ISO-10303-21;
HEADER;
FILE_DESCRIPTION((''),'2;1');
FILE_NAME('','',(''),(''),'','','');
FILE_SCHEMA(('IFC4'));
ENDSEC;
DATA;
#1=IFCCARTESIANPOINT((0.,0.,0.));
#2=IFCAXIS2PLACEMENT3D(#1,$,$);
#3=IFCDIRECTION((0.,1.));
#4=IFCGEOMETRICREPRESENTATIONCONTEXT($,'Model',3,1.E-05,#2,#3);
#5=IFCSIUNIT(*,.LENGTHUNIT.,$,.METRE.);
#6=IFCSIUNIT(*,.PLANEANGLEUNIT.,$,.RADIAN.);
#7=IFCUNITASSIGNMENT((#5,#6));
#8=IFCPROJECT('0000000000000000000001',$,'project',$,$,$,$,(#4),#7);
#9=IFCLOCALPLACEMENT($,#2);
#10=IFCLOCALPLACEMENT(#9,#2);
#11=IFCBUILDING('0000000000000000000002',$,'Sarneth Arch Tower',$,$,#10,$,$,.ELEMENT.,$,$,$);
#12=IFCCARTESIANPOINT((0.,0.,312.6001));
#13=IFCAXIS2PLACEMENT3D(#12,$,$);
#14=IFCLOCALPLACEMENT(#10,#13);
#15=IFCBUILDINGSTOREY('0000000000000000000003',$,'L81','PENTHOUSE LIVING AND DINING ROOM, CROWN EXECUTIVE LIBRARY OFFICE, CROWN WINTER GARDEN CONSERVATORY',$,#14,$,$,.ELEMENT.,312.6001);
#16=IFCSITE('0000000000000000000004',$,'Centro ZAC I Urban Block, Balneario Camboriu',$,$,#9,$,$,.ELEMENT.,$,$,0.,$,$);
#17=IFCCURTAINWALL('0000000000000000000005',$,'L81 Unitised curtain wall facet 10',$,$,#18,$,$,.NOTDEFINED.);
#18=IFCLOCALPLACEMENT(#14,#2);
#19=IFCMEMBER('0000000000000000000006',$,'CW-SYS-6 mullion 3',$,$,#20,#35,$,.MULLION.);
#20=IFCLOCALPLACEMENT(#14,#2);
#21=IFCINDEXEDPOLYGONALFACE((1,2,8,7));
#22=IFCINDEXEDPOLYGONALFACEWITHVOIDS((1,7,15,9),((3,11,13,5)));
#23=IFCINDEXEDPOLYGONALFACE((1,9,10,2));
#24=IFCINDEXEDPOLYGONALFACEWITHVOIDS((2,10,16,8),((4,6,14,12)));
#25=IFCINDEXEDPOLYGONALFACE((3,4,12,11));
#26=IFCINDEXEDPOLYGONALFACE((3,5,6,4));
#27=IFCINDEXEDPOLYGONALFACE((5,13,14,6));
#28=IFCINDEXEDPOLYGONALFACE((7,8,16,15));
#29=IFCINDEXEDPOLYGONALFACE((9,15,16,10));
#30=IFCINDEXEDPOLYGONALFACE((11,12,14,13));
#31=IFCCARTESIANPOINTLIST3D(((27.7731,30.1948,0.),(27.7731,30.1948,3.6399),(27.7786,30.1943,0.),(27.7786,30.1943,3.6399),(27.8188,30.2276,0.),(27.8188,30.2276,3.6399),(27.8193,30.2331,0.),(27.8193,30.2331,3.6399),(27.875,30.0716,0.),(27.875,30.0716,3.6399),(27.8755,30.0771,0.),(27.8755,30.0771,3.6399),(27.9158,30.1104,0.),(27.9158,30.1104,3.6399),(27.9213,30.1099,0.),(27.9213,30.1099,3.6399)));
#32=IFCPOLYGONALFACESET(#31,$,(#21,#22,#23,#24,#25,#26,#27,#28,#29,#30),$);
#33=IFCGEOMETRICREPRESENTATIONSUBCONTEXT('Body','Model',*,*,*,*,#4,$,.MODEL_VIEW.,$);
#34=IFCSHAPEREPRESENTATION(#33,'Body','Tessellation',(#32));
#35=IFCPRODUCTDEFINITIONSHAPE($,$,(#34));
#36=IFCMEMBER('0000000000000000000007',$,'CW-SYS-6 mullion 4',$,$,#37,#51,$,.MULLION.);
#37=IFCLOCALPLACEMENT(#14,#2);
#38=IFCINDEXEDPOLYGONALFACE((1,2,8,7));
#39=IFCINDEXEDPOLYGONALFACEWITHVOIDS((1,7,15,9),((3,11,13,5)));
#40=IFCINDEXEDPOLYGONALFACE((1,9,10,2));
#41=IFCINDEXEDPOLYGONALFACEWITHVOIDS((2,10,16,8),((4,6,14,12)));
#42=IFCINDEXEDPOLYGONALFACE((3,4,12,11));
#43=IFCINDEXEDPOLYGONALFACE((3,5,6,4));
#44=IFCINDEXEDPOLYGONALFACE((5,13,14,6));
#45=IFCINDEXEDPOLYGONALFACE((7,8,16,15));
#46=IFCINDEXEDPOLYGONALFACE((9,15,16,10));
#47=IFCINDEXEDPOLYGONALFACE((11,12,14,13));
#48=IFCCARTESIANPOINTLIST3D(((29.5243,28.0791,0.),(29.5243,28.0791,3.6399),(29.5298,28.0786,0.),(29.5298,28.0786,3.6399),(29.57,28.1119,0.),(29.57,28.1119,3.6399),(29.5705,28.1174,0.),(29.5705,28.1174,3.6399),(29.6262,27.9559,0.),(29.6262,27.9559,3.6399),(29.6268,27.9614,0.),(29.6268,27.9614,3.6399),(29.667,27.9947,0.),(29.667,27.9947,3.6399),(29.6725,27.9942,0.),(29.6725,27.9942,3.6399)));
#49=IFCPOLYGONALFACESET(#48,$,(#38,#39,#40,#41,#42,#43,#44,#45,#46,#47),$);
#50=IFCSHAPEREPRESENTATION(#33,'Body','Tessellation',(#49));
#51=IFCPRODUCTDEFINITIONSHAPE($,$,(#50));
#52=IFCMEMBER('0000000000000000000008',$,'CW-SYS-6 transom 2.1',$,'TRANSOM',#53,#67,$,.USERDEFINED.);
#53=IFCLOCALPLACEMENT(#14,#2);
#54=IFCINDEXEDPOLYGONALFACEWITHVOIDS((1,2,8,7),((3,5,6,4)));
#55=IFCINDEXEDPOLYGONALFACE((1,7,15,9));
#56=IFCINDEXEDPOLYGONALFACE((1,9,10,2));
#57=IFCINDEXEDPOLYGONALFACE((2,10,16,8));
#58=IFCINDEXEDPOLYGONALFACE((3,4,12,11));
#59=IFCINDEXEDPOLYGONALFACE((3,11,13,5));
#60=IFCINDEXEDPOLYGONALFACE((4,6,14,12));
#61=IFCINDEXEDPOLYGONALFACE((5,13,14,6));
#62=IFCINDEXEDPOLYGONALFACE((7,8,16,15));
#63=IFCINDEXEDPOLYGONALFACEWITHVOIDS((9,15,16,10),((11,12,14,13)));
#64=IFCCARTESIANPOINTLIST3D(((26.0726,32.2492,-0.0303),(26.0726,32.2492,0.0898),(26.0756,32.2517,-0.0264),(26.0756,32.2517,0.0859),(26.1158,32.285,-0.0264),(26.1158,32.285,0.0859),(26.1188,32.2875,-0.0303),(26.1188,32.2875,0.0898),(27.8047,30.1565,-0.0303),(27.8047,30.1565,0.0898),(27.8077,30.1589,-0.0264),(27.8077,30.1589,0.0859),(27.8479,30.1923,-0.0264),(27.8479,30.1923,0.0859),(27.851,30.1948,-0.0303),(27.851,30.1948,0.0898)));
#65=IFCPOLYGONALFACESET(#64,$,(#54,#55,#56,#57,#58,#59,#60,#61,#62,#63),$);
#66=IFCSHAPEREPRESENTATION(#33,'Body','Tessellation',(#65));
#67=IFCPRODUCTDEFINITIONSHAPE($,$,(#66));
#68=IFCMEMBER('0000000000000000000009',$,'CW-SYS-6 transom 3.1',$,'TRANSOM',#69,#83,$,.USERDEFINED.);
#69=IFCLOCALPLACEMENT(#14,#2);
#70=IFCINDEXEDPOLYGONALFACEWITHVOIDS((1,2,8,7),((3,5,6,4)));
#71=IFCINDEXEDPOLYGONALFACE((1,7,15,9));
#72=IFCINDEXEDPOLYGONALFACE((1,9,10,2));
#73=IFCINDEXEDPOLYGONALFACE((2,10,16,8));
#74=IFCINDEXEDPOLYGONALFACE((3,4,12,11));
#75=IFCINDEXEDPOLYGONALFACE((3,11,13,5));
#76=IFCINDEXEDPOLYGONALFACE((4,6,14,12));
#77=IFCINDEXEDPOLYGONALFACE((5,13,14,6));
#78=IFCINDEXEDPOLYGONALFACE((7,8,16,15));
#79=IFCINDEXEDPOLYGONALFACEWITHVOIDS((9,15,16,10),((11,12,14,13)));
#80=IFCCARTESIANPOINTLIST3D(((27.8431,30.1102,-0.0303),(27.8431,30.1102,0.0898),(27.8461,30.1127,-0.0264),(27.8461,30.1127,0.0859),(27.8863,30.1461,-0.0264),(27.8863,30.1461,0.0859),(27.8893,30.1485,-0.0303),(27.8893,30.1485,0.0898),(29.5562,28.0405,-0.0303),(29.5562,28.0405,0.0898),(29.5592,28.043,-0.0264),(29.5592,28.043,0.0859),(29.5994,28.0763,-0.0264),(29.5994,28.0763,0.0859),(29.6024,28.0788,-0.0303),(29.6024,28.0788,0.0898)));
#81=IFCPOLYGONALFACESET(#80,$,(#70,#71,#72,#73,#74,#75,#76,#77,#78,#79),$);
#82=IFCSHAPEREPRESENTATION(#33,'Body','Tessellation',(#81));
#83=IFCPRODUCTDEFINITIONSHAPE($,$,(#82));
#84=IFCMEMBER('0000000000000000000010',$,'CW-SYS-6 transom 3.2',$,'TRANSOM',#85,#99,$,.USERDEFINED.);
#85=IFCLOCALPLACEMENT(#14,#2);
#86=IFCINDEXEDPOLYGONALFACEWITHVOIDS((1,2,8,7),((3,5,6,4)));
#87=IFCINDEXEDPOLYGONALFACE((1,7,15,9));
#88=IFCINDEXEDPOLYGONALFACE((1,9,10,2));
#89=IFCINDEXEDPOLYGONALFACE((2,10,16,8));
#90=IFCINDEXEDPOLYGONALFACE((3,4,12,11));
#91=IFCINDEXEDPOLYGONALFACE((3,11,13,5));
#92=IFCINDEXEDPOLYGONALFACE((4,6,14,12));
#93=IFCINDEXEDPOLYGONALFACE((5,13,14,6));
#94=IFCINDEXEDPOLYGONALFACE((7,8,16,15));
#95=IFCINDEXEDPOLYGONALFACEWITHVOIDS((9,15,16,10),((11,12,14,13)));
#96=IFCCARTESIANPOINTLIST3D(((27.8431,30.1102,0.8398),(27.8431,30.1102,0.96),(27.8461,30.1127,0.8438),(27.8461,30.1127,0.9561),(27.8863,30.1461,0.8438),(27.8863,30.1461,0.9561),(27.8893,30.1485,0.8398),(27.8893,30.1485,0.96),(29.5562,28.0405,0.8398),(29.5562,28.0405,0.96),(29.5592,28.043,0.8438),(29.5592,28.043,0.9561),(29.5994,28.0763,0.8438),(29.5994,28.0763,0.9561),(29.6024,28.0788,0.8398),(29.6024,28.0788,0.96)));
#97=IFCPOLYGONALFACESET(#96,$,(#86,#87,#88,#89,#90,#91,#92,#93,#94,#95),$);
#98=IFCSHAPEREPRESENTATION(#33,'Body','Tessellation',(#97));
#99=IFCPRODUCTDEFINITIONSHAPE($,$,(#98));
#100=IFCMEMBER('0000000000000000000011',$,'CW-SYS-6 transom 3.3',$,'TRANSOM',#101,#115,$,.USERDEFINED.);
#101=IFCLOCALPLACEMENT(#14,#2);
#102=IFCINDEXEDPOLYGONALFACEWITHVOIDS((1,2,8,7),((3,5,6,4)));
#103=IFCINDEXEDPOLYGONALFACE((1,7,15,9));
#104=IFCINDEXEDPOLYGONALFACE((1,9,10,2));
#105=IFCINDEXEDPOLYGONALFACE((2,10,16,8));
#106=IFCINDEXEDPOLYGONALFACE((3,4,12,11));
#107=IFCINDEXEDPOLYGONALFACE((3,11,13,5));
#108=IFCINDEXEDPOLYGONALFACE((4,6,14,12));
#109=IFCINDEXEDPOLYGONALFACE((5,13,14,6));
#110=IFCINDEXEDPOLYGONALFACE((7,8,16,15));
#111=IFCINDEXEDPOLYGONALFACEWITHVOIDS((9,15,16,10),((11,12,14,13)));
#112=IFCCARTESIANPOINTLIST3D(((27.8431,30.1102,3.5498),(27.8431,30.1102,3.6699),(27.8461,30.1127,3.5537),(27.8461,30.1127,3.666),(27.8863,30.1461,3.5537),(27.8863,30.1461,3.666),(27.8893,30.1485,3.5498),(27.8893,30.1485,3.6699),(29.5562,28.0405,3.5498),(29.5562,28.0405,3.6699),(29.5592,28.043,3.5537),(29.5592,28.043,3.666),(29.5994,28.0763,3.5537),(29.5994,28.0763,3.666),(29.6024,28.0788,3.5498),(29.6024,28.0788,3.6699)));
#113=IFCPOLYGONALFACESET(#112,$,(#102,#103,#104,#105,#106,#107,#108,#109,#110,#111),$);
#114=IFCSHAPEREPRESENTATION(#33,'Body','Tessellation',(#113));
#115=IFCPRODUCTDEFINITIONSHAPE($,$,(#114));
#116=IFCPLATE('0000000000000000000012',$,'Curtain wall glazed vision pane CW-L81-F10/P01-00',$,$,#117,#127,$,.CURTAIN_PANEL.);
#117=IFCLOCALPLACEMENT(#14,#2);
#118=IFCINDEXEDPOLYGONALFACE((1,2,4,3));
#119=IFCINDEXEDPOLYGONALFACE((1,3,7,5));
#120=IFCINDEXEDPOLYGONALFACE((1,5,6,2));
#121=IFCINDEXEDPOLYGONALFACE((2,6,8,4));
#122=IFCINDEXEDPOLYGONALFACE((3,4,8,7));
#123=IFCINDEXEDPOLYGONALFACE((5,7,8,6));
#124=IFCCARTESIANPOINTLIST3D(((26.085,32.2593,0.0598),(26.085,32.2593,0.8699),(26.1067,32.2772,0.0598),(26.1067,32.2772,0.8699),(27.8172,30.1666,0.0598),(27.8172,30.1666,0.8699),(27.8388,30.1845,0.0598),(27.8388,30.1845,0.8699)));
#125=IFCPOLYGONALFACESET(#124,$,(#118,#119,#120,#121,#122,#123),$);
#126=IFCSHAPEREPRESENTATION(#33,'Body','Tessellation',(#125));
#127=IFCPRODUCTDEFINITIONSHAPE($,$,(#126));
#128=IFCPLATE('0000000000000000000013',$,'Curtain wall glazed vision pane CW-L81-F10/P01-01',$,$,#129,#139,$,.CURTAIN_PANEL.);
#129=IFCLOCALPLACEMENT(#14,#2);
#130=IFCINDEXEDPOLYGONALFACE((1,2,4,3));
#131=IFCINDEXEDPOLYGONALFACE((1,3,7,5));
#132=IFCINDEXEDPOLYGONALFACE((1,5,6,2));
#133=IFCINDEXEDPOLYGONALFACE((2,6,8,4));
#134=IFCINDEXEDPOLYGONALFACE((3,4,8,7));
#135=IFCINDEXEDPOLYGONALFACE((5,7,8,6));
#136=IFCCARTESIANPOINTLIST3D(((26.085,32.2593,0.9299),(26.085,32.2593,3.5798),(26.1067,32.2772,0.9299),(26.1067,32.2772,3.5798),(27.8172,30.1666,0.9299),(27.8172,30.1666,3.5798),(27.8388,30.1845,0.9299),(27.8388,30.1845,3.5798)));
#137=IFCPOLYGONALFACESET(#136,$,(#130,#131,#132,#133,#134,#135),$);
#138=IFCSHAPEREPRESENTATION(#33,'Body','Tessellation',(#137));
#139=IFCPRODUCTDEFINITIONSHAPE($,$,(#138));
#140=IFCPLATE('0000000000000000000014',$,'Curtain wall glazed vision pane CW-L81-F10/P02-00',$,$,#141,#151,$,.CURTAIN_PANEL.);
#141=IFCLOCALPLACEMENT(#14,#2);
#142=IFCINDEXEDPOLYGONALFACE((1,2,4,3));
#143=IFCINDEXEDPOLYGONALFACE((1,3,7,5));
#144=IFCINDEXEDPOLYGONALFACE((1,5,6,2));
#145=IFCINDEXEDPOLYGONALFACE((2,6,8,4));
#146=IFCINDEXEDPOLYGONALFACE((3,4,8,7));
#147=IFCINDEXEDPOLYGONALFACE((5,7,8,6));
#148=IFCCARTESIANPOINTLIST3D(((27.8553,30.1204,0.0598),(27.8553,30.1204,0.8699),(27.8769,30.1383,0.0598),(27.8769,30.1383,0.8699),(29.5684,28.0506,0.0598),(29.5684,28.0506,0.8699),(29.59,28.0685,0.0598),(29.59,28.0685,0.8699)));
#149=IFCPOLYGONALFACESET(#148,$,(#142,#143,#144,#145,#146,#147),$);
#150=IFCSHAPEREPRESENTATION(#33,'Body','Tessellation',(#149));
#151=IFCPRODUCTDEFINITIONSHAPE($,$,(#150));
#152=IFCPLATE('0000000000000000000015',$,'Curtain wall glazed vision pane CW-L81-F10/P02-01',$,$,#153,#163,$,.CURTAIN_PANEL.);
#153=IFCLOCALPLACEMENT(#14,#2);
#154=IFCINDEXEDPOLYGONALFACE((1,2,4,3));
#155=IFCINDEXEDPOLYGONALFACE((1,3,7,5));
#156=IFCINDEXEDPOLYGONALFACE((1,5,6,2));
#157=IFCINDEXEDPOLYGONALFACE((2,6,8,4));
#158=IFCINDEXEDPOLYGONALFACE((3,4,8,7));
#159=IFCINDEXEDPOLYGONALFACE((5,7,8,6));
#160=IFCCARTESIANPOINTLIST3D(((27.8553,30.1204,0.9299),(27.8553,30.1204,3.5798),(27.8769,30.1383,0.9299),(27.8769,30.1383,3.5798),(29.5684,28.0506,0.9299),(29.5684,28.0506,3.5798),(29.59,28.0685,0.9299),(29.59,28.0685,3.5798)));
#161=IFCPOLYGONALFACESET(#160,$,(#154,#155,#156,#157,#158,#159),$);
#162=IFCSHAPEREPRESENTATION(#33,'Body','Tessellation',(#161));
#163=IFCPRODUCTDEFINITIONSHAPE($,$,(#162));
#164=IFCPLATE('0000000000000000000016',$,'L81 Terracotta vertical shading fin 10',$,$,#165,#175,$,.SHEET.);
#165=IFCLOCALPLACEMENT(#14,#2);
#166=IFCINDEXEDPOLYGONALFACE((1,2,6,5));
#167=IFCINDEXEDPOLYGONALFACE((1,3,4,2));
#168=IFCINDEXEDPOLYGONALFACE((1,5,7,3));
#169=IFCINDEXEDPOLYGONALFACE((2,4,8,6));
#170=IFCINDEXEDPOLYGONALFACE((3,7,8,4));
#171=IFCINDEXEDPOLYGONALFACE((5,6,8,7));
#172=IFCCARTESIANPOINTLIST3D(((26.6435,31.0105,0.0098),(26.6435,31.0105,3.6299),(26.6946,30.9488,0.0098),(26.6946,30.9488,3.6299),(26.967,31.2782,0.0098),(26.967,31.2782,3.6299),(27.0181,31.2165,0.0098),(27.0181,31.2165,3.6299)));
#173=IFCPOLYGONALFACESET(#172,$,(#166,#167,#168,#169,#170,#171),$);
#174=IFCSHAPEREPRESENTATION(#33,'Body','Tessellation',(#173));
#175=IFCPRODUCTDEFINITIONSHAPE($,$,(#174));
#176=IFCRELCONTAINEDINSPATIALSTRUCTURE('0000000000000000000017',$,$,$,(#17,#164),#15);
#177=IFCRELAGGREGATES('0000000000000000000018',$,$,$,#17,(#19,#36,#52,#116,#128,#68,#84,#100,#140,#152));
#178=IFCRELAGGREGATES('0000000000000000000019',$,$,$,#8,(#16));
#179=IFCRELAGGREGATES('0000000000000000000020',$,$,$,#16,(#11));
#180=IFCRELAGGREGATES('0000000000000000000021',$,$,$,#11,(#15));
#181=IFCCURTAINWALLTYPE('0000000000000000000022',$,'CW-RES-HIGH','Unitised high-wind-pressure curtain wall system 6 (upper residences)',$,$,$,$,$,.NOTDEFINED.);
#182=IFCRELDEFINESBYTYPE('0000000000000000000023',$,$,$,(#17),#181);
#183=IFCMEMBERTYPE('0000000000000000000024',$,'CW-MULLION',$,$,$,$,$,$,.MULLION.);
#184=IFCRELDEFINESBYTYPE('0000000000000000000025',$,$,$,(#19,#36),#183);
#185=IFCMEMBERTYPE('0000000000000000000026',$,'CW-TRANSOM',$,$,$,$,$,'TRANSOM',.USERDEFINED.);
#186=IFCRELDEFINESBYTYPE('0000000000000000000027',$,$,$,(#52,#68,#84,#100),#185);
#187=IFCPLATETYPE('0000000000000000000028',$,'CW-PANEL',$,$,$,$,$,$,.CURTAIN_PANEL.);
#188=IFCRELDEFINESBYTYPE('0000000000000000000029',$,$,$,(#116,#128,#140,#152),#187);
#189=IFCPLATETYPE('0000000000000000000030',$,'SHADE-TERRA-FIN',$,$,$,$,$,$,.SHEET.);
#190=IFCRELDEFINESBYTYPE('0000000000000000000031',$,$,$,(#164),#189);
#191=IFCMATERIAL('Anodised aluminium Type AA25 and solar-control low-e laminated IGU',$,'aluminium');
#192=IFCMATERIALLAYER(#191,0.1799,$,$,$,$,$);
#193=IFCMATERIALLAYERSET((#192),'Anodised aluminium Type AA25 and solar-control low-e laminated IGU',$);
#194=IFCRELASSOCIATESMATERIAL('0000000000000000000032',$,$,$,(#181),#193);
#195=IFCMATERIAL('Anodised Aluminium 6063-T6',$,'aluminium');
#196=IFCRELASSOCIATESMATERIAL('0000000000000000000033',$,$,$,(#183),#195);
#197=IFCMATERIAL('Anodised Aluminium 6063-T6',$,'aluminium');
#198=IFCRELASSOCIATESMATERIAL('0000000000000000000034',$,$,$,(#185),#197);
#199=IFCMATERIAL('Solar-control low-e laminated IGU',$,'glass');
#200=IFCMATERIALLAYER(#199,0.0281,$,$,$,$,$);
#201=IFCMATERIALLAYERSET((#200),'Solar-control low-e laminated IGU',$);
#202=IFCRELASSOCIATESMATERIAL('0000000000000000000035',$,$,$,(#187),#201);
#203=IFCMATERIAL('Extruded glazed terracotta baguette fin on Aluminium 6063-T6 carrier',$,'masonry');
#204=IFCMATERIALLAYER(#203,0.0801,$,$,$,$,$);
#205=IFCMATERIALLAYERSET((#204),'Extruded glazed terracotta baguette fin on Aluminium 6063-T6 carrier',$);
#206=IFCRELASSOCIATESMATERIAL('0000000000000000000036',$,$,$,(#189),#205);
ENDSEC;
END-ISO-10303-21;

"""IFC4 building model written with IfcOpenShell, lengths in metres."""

from ifc_helpers import new_model, si_unit, direction, frame, origin, origin_2d, place, context, subcontext, project, spatial, rectangle, hollow_rectangle, extrude, material, layer, layer_set, material_profile, profile_set, type_object, element, aggregate, save


model = new_model("IFC4")

# Units and contexts
model_context = context("Model", 3, precision=1e-05, world=origin(), true_north=direction((0.0, 1.0)))
body_context = subcontext(model_context, "Body", "Model", "MODEL_VIEW")
ifc_project = project(units=[si_unit("LENGTHUNIT", "METRE"), si_unit("PLANEANGLEUNIT", "RADIAN")], contexts=[model_context])

# Site, building, storey
site_placement = place(None, origin())
site = spatial("IfcSite", under=ifc_project, at=site_placement, Name="Centro ZAC I Urban Block, Balneario Camboriu", CompositionType="ELEMENT", RefElevation=0.0)
building_placement = place(site_placement, origin())
building = spatial("IfcBuilding", under=site, at=building_placement, Name="Sarneth Arch Tower", CompositionType="ELEMENT")
storey_placement = place(building_placement, frame((0.0, 0.0, 312.6001)))
storey = spatial("IfcBuildingStorey", under=building, at=storey_placement, Name="L81", Description="PENTHOUSE LIVING AND DINING ROOM, CROWN EXECUTIVE LIBRARY OFFICE, CROWN WINTER GARDEN CONSERVATORY", CompositionType="ELEMENT", Elevation=312.6001)

# Curtain wall, members, plates
ifc_material_1 = material(Name="Anodised aluminium Type AA25 and solar-control low-e laminated IGU", Category="aluminium")
ifc_layer_1 = layer(ifc_material_1, 0.1799)
ifc_layer_set_1 = layer_set([ifc_layer_1], Name="Anodised aluminium Type AA25 and solar-control low-e laminated IGU")
curtain_wall_type = type_object("IfcCurtainWallType", Name="CW-RES-HIGH", Description="Unitised high-wind-pressure curtain wall system 6 (upper residences)", PredefinedType="NOTDEFINED", material=ifc_layer_set_1)
curtain_wall_placement = place(storey_placement, origin())
curtain_wall = element("IfcCurtainWall", 1, at=curtain_wall_placement, inside=storey, type_object=curtain_wall_type, Name="L81 Unitised curtain wall facet 10", PredefinedType="NOTDEFINED")
ifc_material_2 = material(Name="Anodised Aluminium 6063-T6", Category="aluminium")
ifc_material_profile_1 = material_profile(ifc_material_2, hollow_rectangle(XDim=0.0601, YDim=0.1599, WallThickness=0.0039, at=origin_2d()), Name="AL-MULL-160x60x4")
ifc_profile_set_1 = profile_set([ifc_material_profile_1], Name="Anodised Aluminium 6063-T6")
member_type_1 = type_object("IfcMemberType", Name="CW-MULLION", PredefinedType="MULLION", material=ifc_profile_set_1)
member_1_placement = place(storey_placement, frame((27.8472, 30.1523, 0.0), z_axis=(0.0, 0.0, 1.0), x_axis=(0.770359, 0.63761, 0.0)))
member_1 = element("IfcMember", 2, at=member_1_placement, type_object=member_type_1, Name="CW-SYS-6 mullion 3", PredefinedType="MULLION", context=body_context, shape_type="SweptSolid", body=[
    extrude(hollow_rectangle(XDim=0.0601, YDim=0.1599, WallThickness=0.0039, at=origin_2d()), origin(), (0.0, 0.0, 1.0), 3.6399),
])
member_2_placement = place(storey_placement, frame((29.5984, 28.0366, 0.0), z_axis=(0.0, 0.0, 1.0), x_axis=(0.770359, 0.63761, 0.0)))
member_2 = element("IfcMember", 3, at=member_2_placement, type_object=member_type_1, Name="CW-SYS-6 mullion 4", PredefinedType="MULLION", context=body_context, shape_type="SweptSolid", body=[
    extrude(hollow_rectangle(XDim=0.0601, YDim=0.1599, WallThickness=0.0039, at=origin_2d()), origin(), (0.0, 0.0, 1.0), 3.6399),
])
ifc_material_3 = material(Name="Anodised Aluminium 6063-T6", Category="aluminium")
ifc_material_profile_2 = material_profile(ifc_material_3, hollow_rectangle(XDim=0.0601, YDim=0.1201, WallThickness=0.0039, at=origin_2d()), Name="AL-TRAN-120x60x4")
ifc_profile_set_2 = profile_set([ifc_material_profile_2], Name="Anodised Aluminium 6063-T6")
member_type_2 = type_object("IfcMemberType", Name="CW-TRANSOM", ElementType="TRANSOM", PredefinedType="USERDEFINED", material=ifc_profile_set_2)
member_3_placement = place(storey_placement, frame((26.0957, 32.2683, 0.0298), z_axis=(0.637617, -0.770353, 0.0), x_axis=(0.770353, 0.637617, 0.0)))
member_3 = element("IfcMember", 4, at=member_3_placement, type_object=member_type_2, Name="CW-SYS-6 transom 2.1", ObjectType="TRANSOM", PredefinedType="USERDEFINED", context=body_context, shape_type="SweptSolid", body=[
    extrude(hollow_rectangle(XDim=0.0601, YDim=0.1201, WallThickness=0.0039, at=origin_2d()), origin(), (0.0, 0.0, 1.0), 2.7166),
])
member_4_placement = place(storey_placement, frame((27.8662, 30.1294, 0.0298), z_axis=(0.637607, -0.770362, 0.0), x_axis=(0.770362, 0.637607, 0.0)))
member_4 = element("IfcMember", 5, at=member_4_placement, type_object=member_type_2, Name="CW-SYS-6 transom 3.1", ObjectType="TRANSOM", PredefinedType="USERDEFINED", context=body_context, shape_type="SweptSolid", body=[
    extrude(hollow_rectangle(XDim=0.0601, YDim=0.1201, WallThickness=0.0039, at=origin_2d()), origin(), (0.0, 0.0, 1.0), 2.6868),
])
member_5_placement = place(storey_placement, frame((27.8662, 30.1294, 0.8999), z_axis=(0.637607, -0.770362, 0.0), x_axis=(0.770362, 0.637607, 0.0)))
member_5 = element("IfcMember", 6, at=member_5_placement, type_object=member_type_2, Name="CW-SYS-6 transom 3.2", ObjectType="TRANSOM", PredefinedType="USERDEFINED", context=body_context, shape_type="SweptSolid", body=[
    extrude(hollow_rectangle(XDim=0.0601, YDim=0.1201, WallThickness=0.0039, at=origin_2d()), origin(), (0.0, 0.0, 1.0), 2.6868),
])
member_6_placement = place(storey_placement, frame((27.8662, 30.1294, 3.6099), z_axis=(0.637607, -0.770362, 0.0), x_axis=(0.770362, 0.637607, 0.0)))
member_6 = element("IfcMember", 7, at=member_6_placement, type_object=member_type_2, Name="CW-SYS-6 transom 3.3", ObjectType="TRANSOM", PredefinedType="USERDEFINED", context=body_context, shape_type="SweptSolid", body=[
    extrude(hollow_rectangle(XDim=0.0601, YDim=0.1201, WallThickness=0.0039, at=origin_2d()), origin(), (0.0, 0.0, 1.0), 2.6868),
])
ifc_material_4 = material(Name="Solar-control low-e laminated IGU", Category="glass")
ifc_layer_2 = layer(ifc_material_4, 0.0281)
ifc_layer_set_2 = layer_set([ifc_layer_2], Name="Solar-control low-e laminated IGU")
plate_type_1 = type_object("IfcPlateType", Name="CW-PANEL", PredefinedType="CURTAIN_PANEL", material=ifc_layer_set_2)
plate_1_placement = place(storey_placement, frame((26.9619, 31.2219, 0.0598), z_axis=(0.0, 0.0, 1.0), x_axis=(0.63761, -0.770359, 0.0)))
plate_1 = element("IfcPlate", 8, at=plate_1_placement, type_object=plate_type_1, Name="Curtain wall glazed vision pane CW-L81-F10/P01-00", PredefinedType="CURTAIN_PANEL", context=body_context, shape_type="SweptSolid", body=[
    extrude(rectangle(XDim=2.7166, YDim=0.0281, at=origin_2d()), origin(), (0.0, 0.0, 1.0), 0.8101),
])
plate_2_placement = place(storey_placement, frame((26.9619, 31.2219, 0.9299), z_axis=(0.0, 0.0, 1.0), x_axis=(0.63761, -0.770359, 0.0)))
plate_2 = element("IfcPlate", 9, at=plate_2_placement, type_object=plate_type_1, Name="Curtain wall glazed vision pane CW-L81-F10/P01-01", PredefinedType="CURTAIN_PANEL", context=body_context, shape_type="SweptSolid", body=[
    extrude(rectangle(XDim=2.7166, YDim=0.0281, at=origin_2d()), origin(), (0.0, 0.0, 1.0), 2.6499),
])
plate_3_placement = place(storey_placement, frame((28.7227, 29.0945, 0.0598), z_axis=(0.0, 0.0, 1.0), x_axis=(0.63761, -0.770359, 0.0)))
plate_3 = element("IfcPlate", 10, at=plate_3_placement, type_object=plate_type_1, Name="Curtain wall glazed vision pane CW-L81-F10/P02-00", PredefinedType="CURTAIN_PANEL", context=body_context, shape_type="SweptSolid", body=[
    extrude(rectangle(XDim=2.6868, YDim=0.0281, at=origin_2d()), origin(), (0.0, 0.0, 1.0), 0.8101),
])
plate_4_placement = place(storey_placement, frame((28.7227, 29.0945, 0.9299), z_axis=(0.0, 0.0, 1.0), x_axis=(0.63761, -0.770359, 0.0)))
plate_4 = element("IfcPlate", 11, at=plate_4_placement, type_object=plate_type_1, Name="Curtain wall glazed vision pane CW-L81-F10/P02-01", PredefinedType="CURTAIN_PANEL", context=body_context, shape_type="SweptSolid", body=[
    extrude(rectangle(XDim=2.6868, YDim=0.0281, at=origin_2d()), origin(), (0.0, 0.0, 1.0), 2.6499),
])
aggregate(curtain_wall, [member_1, member_2, member_3, plate_1, plate_2, member_4, member_5, member_6, plate_3, plate_4])

# Plate
ifc_material_5 = material(Name="Extruded glazed terracotta baguette fin on Aluminium 6063-T6 carrier", Category="masonry")
ifc_layer_3 = layer(ifc_material_5, 0.0801)
ifc_layer_set_3 = layer_set([ifc_layer_3], Name="Extruded glazed terracotta baguette fin on Aluminium 6063-T6 carrier")
plate_type_2 = type_object("IfcPlateType", Name="SHADE-TERRA-FIN", PredefinedType="SHEET", material=ifc_layer_set_3)
plate_5_placement = place(storey_placement, frame((26.8308, 31.1135, 0.0098), z_axis=(0.0, 0.0, 1.0), x_axis=(-0.770402, -0.637558, 0.0)))
element("IfcPlate", 12, at=plate_5_placement, inside=storey, type_object=plate_type_2, Name="L81 Terracotta vertical shading fin 10", PredefinedType="SHEET", context=body_context, shape_type="SweptSolid", body=[
    extrude(rectangle(XDim=0.4199, YDim=0.0801, at=origin_2d()), origin(), (0.0, 0.0, 1.0), 3.6201),
])

save(model, "model.ifc")
